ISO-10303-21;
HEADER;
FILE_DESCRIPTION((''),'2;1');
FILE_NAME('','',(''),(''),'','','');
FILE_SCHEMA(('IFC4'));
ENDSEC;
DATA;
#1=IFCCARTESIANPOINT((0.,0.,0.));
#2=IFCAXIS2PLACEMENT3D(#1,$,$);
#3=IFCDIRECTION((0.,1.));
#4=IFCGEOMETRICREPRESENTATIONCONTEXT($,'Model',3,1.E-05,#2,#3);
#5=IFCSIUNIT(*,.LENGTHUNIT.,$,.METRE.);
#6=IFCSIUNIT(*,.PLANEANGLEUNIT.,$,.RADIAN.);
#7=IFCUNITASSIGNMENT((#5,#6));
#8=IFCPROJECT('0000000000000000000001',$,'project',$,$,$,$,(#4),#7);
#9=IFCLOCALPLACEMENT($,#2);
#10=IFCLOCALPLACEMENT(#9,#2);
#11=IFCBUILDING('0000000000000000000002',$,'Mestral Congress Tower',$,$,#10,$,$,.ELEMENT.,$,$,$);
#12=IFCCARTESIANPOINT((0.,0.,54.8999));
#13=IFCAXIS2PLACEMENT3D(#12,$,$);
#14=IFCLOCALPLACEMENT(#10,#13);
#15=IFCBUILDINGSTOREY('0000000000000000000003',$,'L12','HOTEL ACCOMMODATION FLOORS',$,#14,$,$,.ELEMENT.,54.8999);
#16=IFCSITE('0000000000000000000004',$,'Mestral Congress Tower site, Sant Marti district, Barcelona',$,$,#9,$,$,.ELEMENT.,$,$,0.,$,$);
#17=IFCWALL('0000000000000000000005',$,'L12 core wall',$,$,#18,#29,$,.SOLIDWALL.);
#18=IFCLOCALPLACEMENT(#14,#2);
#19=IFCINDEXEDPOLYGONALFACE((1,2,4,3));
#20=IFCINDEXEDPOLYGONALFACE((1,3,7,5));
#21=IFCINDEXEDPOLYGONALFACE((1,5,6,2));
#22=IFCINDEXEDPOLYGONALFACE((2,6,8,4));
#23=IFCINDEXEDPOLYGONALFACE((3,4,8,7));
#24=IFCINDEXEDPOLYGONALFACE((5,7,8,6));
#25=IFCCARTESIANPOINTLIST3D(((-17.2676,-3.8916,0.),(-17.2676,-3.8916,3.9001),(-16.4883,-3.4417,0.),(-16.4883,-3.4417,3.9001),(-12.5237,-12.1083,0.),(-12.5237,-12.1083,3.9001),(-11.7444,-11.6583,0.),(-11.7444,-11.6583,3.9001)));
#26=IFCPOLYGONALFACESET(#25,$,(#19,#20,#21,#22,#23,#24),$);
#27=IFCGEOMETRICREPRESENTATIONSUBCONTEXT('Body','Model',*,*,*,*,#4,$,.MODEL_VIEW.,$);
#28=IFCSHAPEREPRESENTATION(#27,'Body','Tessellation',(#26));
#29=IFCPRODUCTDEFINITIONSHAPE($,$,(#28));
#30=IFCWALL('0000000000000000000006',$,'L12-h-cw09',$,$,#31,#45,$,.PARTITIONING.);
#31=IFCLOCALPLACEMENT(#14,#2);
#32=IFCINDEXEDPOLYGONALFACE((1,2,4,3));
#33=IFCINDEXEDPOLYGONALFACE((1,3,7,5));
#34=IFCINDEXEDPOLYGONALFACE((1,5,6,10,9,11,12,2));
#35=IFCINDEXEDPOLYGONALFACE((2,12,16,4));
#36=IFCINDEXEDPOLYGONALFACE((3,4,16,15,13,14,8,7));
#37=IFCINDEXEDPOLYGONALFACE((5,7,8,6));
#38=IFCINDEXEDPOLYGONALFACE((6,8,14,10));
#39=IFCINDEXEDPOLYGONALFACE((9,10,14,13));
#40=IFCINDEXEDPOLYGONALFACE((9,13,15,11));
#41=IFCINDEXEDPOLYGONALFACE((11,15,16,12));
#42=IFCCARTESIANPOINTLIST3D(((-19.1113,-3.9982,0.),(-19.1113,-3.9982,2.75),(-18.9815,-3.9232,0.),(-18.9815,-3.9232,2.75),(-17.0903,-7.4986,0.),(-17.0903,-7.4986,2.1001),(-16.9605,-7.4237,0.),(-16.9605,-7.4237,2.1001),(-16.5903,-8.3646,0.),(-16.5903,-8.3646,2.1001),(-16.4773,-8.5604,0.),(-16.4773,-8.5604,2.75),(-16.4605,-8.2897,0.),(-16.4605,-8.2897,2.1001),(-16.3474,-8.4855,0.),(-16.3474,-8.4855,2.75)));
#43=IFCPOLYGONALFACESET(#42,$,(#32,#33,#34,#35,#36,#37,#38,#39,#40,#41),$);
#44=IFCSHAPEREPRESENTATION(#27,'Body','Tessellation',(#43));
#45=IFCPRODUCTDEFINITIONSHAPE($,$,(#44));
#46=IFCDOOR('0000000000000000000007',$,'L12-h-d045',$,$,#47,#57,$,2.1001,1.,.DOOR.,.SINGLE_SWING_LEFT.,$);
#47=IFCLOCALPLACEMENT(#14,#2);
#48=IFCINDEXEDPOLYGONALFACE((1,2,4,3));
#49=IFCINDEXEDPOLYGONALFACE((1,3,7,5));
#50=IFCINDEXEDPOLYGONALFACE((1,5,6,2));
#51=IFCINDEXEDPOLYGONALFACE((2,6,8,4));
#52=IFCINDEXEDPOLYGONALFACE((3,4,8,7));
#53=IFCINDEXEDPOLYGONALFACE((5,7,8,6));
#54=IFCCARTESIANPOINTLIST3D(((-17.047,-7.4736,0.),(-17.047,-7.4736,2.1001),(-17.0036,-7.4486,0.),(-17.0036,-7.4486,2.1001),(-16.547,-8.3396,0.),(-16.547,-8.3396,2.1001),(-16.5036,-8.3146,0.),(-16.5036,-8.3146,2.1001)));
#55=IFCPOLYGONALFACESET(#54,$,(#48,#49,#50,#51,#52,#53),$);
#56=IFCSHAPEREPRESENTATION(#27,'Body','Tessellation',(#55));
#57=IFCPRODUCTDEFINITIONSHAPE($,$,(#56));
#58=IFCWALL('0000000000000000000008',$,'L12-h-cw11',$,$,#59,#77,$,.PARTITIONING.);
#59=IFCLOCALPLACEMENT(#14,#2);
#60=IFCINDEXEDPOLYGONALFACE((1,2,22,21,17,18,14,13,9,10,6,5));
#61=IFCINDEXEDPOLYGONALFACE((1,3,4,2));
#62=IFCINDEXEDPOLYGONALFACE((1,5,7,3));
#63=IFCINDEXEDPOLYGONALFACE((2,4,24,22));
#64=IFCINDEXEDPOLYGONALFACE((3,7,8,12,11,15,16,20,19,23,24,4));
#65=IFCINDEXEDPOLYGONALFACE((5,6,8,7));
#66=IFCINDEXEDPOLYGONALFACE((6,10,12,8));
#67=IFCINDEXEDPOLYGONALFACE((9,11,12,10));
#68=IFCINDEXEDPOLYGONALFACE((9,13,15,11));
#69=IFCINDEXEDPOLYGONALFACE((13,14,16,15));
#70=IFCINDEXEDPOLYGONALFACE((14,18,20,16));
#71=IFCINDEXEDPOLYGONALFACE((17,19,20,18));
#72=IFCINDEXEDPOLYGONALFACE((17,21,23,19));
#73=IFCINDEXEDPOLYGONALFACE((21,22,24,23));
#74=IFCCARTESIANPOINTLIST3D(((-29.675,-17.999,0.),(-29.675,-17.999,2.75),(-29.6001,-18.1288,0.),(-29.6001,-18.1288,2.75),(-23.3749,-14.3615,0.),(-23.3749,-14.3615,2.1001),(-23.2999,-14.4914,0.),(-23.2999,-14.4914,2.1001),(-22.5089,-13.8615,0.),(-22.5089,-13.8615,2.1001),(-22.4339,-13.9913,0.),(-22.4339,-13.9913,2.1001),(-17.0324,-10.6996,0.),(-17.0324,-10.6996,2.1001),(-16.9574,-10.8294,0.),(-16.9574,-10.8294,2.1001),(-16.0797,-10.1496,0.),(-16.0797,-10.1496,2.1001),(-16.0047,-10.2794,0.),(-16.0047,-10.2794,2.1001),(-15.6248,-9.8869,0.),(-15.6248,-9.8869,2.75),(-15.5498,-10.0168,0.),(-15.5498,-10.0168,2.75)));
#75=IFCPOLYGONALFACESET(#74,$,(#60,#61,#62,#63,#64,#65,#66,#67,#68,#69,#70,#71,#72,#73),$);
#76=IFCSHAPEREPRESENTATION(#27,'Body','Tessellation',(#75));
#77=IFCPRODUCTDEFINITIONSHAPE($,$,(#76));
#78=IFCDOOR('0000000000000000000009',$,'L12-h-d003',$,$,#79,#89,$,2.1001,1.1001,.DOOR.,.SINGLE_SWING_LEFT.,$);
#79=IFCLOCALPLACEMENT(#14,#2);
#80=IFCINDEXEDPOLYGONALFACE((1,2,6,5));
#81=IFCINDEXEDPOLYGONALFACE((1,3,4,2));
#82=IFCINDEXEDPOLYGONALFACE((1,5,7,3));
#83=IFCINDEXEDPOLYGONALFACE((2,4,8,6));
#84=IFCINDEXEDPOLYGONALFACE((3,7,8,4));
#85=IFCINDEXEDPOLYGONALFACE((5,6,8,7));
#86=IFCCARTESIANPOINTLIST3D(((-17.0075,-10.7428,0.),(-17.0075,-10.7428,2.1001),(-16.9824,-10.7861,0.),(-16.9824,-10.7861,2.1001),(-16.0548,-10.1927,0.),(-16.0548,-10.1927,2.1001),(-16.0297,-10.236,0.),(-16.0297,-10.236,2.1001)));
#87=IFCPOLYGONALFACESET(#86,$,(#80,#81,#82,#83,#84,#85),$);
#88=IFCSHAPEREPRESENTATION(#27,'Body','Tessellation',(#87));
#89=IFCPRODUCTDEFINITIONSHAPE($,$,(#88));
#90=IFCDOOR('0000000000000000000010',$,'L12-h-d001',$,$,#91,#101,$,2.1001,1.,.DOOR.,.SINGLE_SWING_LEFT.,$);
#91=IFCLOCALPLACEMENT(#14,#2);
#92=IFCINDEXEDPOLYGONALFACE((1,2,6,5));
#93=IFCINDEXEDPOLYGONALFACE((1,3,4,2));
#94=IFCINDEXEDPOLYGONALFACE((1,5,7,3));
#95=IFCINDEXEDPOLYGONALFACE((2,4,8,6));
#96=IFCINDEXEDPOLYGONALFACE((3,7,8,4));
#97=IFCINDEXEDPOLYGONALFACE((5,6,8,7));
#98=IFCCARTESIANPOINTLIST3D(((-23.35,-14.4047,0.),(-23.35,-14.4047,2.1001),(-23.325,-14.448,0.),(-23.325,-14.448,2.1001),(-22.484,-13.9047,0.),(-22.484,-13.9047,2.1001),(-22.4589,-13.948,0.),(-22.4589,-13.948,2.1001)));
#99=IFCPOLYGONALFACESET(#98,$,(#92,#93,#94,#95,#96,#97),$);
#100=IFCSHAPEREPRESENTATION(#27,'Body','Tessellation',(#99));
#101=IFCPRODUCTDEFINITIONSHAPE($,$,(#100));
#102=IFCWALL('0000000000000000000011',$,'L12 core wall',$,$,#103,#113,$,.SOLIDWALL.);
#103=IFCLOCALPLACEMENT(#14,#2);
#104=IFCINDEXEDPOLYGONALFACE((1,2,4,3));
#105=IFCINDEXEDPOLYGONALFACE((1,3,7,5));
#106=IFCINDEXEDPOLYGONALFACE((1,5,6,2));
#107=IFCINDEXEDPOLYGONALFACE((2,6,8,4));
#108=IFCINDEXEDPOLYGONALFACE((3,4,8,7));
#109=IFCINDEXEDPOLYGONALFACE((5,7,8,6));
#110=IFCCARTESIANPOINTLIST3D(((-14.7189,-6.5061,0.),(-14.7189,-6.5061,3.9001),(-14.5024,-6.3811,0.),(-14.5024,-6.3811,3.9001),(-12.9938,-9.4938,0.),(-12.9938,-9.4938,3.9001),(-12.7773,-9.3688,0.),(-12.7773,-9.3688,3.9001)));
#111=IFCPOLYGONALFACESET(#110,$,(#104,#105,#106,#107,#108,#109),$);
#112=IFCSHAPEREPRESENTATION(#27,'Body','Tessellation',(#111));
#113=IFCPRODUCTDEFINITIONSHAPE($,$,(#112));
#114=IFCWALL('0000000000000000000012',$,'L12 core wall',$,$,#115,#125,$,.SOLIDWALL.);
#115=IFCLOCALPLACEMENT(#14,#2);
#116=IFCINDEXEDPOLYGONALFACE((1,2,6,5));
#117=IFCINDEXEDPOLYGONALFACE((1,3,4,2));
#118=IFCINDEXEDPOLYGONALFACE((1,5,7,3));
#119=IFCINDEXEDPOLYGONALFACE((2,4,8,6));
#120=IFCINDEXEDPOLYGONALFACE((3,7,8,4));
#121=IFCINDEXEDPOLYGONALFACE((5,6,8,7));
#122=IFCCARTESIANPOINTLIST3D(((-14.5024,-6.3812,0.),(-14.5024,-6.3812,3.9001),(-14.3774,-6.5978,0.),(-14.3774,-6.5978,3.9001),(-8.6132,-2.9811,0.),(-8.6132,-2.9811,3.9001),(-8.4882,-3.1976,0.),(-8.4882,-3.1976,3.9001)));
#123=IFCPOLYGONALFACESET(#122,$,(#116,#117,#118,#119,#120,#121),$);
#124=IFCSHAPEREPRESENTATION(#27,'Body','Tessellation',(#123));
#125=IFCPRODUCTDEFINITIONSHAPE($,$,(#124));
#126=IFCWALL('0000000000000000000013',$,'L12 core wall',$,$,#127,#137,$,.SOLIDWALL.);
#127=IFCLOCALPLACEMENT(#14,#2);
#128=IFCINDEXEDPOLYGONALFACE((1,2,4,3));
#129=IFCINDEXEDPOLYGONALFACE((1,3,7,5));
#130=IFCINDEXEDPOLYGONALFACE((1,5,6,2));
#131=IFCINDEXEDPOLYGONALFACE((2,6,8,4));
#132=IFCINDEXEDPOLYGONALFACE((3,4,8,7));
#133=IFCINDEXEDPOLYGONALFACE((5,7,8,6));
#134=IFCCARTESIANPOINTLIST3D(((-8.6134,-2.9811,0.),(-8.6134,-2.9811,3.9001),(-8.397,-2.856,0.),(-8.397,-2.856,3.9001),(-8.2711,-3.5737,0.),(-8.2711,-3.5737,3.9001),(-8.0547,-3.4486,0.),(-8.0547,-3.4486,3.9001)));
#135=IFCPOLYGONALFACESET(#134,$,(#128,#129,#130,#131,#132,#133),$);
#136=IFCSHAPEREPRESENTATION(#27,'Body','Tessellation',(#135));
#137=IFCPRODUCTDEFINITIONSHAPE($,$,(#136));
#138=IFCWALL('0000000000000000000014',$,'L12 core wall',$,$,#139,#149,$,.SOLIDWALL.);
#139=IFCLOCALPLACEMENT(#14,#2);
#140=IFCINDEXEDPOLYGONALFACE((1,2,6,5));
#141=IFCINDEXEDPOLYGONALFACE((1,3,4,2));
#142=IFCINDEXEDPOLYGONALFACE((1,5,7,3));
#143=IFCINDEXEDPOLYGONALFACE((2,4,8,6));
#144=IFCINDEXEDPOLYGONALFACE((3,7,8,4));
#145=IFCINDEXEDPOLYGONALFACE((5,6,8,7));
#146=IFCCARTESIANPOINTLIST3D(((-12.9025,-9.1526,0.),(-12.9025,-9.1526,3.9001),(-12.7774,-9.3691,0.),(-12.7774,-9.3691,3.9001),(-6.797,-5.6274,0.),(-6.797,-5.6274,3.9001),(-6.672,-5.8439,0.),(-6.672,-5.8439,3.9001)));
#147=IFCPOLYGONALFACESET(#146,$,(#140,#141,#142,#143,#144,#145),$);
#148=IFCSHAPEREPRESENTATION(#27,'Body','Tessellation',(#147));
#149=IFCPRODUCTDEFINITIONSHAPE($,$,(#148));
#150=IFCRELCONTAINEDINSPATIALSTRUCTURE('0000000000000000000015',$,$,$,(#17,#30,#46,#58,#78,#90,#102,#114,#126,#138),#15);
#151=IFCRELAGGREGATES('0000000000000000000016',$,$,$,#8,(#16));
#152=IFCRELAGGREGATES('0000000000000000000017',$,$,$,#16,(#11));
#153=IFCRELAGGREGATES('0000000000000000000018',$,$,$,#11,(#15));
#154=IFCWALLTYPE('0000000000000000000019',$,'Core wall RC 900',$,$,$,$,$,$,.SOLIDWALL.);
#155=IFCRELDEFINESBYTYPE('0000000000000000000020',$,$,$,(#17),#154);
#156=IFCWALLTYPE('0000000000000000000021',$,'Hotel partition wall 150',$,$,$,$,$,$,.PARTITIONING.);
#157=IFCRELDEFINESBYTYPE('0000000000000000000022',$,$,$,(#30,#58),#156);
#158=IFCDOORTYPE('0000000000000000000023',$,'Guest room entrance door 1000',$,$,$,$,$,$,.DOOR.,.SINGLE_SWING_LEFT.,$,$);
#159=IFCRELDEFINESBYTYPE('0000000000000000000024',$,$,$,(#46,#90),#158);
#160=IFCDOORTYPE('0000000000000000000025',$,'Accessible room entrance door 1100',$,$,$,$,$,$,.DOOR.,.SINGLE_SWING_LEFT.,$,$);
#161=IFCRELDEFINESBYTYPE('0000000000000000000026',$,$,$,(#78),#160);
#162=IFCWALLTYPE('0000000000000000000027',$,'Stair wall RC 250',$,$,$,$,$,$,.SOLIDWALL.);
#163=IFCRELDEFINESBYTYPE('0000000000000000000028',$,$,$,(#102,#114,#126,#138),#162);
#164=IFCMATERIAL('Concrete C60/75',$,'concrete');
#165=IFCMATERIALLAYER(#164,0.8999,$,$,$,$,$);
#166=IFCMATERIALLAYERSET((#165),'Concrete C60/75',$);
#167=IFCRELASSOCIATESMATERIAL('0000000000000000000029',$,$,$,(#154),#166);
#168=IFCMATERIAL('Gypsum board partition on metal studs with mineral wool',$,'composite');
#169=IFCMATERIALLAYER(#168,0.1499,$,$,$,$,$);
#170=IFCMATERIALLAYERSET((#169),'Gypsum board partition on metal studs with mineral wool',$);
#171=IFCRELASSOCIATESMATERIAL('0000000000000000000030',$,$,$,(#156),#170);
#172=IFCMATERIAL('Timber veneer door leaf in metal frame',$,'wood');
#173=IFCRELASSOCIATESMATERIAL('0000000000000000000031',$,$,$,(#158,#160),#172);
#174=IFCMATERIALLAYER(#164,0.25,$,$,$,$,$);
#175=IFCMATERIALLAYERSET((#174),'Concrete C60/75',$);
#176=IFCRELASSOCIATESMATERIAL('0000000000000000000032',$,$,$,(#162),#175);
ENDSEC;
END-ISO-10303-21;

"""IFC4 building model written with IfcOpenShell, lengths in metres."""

from ifc_helpers import new_model, si_unit, direction, frame, frame_2d, origin, place, context, subcontext, project, spatial, rectangle, extrude, material, layer, layer_set, type_object, element, fill, save


model = new_model("IFC4")

# Units and contexts
model_context = context("Model", 3, precision=1e-05, world=origin(), true_north=direction((0.0, 1.0)))
body_context = subcontext(model_context, "Body", "Model", "MODEL_VIEW")
ifc_project = project(units=[si_unit("LENGTHUNIT", "METRE"), si_unit("PLANEANGLEUNIT", "RADIAN")], contexts=[model_context])

# Site, building, storey
site_placement = place(None, origin())
site = spatial("IfcSite", under=ifc_project, at=site_placement, Name="Mestral Congress Tower site, Sant Marti district, Barcelona", CompositionType="ELEMENT", RefElevation=0.0)
building_placement = place(site_placement, origin())
building = spatial("IfcBuilding", under=site, at=building_placement, Name="Mestral Congress Tower", CompositionType="ELEMENT")
storey_placement = place(building_placement, frame((0.0, 0.0, 54.8999)))
storey = spatial("IfcBuildingStorey", under=building, at=storey_placement, Name="L12", Description="HOTEL ACCOMMODATION FLOORS", CompositionType="ELEMENT", Elevation=54.8999)

# Wall
ifc_material_1 = material(Name="Concrete C60/75", Category="concrete")
ifc_layer_1 = layer(ifc_material_1, 0.8999)
ifc_layer_set_1 = layer_set([ifc_layer_1], Name="Concrete C60/75")
wall_type_1 = type_object("IfcWallType", Name="Core wall RC 900", PredefinedType="SOLIDWALL", material=ifc_layer_set_1)
wall_1_placement = place(storey_placement, frame((-12.134, -11.8833, 0.0), z_axis=(0.0, 0.0, 1.0), x_axis=(-0.500005, 0.866022, 0.0)))
element("IfcWall", 1, at=wall_1_placement, inside=storey, type_object=wall_type_1, Name="L12 core wall", PredefinedType="SOLIDWALL", context=body_context, shape_type="SweptSolid", body=[
    extrude(rectangle(XDim=9.4878, YDim=0.8999, at=frame_2d((4.7439, 0.0))), origin(), (0.0, 0.0, 1.0), 3.9001),
])

# Wall, opening, door
ifc_material_2 = material(Name="Gypsum board partition on metal studs with mineral wool", Category="composite")
ifc_layer_2 = layer(ifc_material_2, 0.1499)
ifc_layer_set_2 = layer_set([ifc_layer_2], Name="Gypsum board partition on metal studs with mineral wool")
wall_type_2 = type_object("IfcWallType", Name="Hotel partition wall 150", PredefinedType="PARTITIONING", material=ifc_layer_set_2)
wall_2_placement = place(storey_placement, frame((-16.4124, -8.5229, 0.0), z_axis=(0.0, 0.0, 1.0), x_axis=(-0.500002, 0.866024, 0.0)))
wall_2 = element("IfcWall", 2, at=wall_2_placement, inside=storey, type_object=wall_type_2, Name="L12-h-cw09", PredefinedType="PARTITIONING", context=body_context, shape_type="SweptSolid", body=[
    extrude(rectangle(XDim=5.2681, YDim=0.1499, at=frame_2d((2.634, 0.0))), origin(), (0.0, 0.0, 1.0), 2.75),
])
opening_1_placement = place(wall_2_placement, frame((0.2261, 0.0, 0.0)))
opening_1 = element("IfcOpeningElement", 3, at=opening_1_placement, cuts=wall_2, PredefinedType="OPENING", context=body_context, shape_type="SweptSolid", body=[
    extrude(rectangle(XDim=1.0, YDim=2.1001, at=frame_2d((0.5, 1.05))), frame((0.0, 0.085, 0.0), z_axis=(0.0, -1.0, 0.0), x_axis=(1.0, 0.0, 0.0)), (0.0, 0.0, 1.0), 0.1699),
])
ifc_material_3 = material(Name="Timber veneer door leaf in metal frame", Category="wood")
door_type_1 = type_object("IfcDoorType", Name="Guest room entrance door 1000", OperationType="SINGLE_SWING_LEFT", PredefinedType="DOOR", material=ifc_material_3)
door_1_placement = place(opening_1_placement, origin())
door_1 = element("IfcDoor", 4, at=door_1_placement, inside=storey, type_object=door_type_1, Name="L12-h-d045", OperationType="SINGLE_SWING_LEFT", OverallHeight=2.1001, OverallWidth=1.0, PredefinedType="DOOR", context=body_context, shape_type="SweptSolid", body=[
    extrude(rectangle(XDim=1.0, YDim=2.1001, at=frame_2d((0.5, 1.05))), frame((0.0, 0.0249, 0.0), z_axis=(0.0, -1.0, 0.0), x_axis=(1.0, 0.0, 0.0)), (0.0, 0.0, 1.0), 0.05),
])
fill(opening_1, door_1)

# Wall, openings, doors
wall_3_placement = place(storey_placement, frame((-15.5874, -9.9519, 0.0), z_axis=(0.0, 0.0, 1.0), x_axis=(-0.866022, -0.500006, 0.0)))
wall_3 = element("IfcWall", 5, at=wall_3_placement, inside=storey, type_object=wall_type_2, Name="L12-h-cw11", PredefinedType="PARTITIONING", context=body_context, shape_type="SweptSolid", body=[
    extrude(rectangle(XDim=16.2239, YDim=0.1499, at=frame_2d((8.1118, 0.0))), origin(), (0.0, 0.0, 1.0), 2.75),
])
opening_2_placement = place(wall_3_placement, frame((7.949, 0.0, 0.0)))
opening_2 = element("IfcOpeningElement", 6, at=opening_2_placement, cuts=wall_3, PredefinedType="OPENING", context=body_context, shape_type="SweptSolid", body=[
    extrude(rectangle(XDim=1.0, YDim=2.1001, at=frame_2d((0.5, 1.05))), frame((0.0, 0.085, 0.0), z_axis=(0.0, -1.0, 0.0), x_axis=(1.0, 0.0, 0.0)), (0.0, 0.0, 1.0), 0.1699),
])
opening_3_placement = place(wall_3_placement, frame((0.5251, 0.0, 0.0)))
opening_3 = element("IfcOpeningElement", 7, at=opening_3_placement, cuts=wall_3, PredefinedType="OPENING", context=body_context, shape_type="SweptSolid", body=[
    extrude(rectangle(XDim=1.1001, YDim=2.1001, at=frame_2d((0.55, 1.05))), frame((0.0, 0.085, 0.0), z_axis=(0.0, -1.0, 0.0), x_axis=(1.0, 0.0, 0.0)), (0.0, 0.0, 1.0), 0.1699),
])
door_type_2 = type_object("IfcDoorType", Name="Accessible room entrance door 1100", OperationType="SINGLE_SWING_LEFT", PredefinedType="DOOR", material=ifc_material_3)
door_2_placement = place(opening_3_placement, origin())
door_2 = element("IfcDoor", 8, at=door_2_placement, inside=storey, type_object=door_type_2, Name="L12-h-d003", OperationType="SINGLE_SWING_LEFT", OverallHeight=2.1001, OverallWidth=1.1001, PredefinedType="DOOR", context=body_context, shape_type="SweptSolid", body=[
    extrude(rectangle(XDim=1.1001, YDim=2.1001, at=frame_2d((0.55, 1.05))), frame((0.0, 0.0249, 0.0), z_axis=(0.0, -1.0, 0.0), x_axis=(1.0, 0.0, 0.0)), (0.0, 0.0, 1.0), 0.05),
])
fill(opening_3, door_2)
door_3_placement = place(opening_2_placement, origin())
door_3 = element("IfcDoor", 9, at=door_3_placement, inside=storey, type_object=door_type_1, Name="L12-h-d001", OperationType="SINGLE_SWING_LEFT", OverallHeight=2.1001, OverallWidth=1.0, PredefinedType="DOOR", context=body_context, shape_type="SweptSolid", body=[
    extrude(rectangle(XDim=1.0, YDim=2.1001, at=frame_2d((0.5, 1.05))), frame((0.0, 0.0249, 0.0), z_axis=(0.0, -1.0, 0.0), x_axis=(1.0, 0.0, 0.0)), (0.0, 0.0, 1.0), 0.05),
])
fill(opening_2, door_3)

# Walls
ifc_layer_3 = layer(ifc_material_1, 0.25)
ifc_layer_set_3 = layer_set([ifc_layer_3], Name="Concrete C60/75")
wall_type_3 = type_object("IfcWallType", Name="Stair wall RC 250", PredefinedType="SOLIDWALL", material=ifc_layer_set_3)
wall_4_placement = place(storey_placement, frame((-12.8855, -9.4314, 0.0), z_axis=(0.0, 0.0, 1.0), x_axis=(-0.500021, 0.866014, 0.0)))
element("IfcWall", 10, at=wall_4_placement, inside=storey, type_object=wall_type_3, Name="L12 core wall", PredefinedType="SOLIDWALL", context=body_context, shape_type="SweptSolid", body=[
    extrude(rectangle(XDim=3.45, YDim=0.25, at=frame_2d((1.7251, 0.0))), origin(), (0.0, 0.0, 1.0), 3.9001),
])
wall_5_placement = place(storey_placement, frame((-14.4399, -6.4895, 0.0), z_axis=(0.0, 0.0, 1.0), x_axis=(0.866023, 0.500004, 0.0)))
element("IfcWall", 11, at=wall_5_placement, inside=storey, type_object=wall_type_3, Name="L12 core wall", PredefinedType="SOLIDWALL", context=body_context, shape_type="SweptSolid", body=[
    extrude(rectangle(XDim=6.8003, YDim=0.25, at=frame_2d((3.4001, 0.0))), origin(), (0.0, 0.0, 1.0), 3.9001),
])
wall_6_placement = place(storey_placement, frame((-8.1628, -3.5112, 0.0), z_axis=(0.0, 0.0, 1.0), x_axis=(-0.500206, 0.865906, 0.0)))
element("IfcWall", 12, at=wall_6_placement, inside=storey, type_object=wall_type_3, Name="L12 core wall", PredefinedType="SOLIDWALL", context=body_context, shape_type="SweptSolid", body=[
    extrude(rectangle(XDim=0.6843, YDim=0.25, at=frame_2d((0.3423, 0.0))), origin(), (0.0, 0.0, 1.0), 3.9001),
])
wall_7_placement = place(storey_placement, frame((-12.8398, -9.2607, 0.0), z_axis=(0.0, 0.0, 1.0), x_axis=(0.866016, 0.500016, 0.0)))
element("IfcWall", 13, at=wall_7_placement, inside=storey, type_object=wall_type_3, Name="L12 core wall", PredefinedType="SOLIDWALL", context=body_context, shape_type="SweptSolid", body=[
    extrude(rectangle(XDim=7.05, YDim=0.25, at=frame_2d((3.5249, 0.0))), origin(), (0.0, 0.0, 1.0), 3.9001),
])

save(model, "model.ifc")
